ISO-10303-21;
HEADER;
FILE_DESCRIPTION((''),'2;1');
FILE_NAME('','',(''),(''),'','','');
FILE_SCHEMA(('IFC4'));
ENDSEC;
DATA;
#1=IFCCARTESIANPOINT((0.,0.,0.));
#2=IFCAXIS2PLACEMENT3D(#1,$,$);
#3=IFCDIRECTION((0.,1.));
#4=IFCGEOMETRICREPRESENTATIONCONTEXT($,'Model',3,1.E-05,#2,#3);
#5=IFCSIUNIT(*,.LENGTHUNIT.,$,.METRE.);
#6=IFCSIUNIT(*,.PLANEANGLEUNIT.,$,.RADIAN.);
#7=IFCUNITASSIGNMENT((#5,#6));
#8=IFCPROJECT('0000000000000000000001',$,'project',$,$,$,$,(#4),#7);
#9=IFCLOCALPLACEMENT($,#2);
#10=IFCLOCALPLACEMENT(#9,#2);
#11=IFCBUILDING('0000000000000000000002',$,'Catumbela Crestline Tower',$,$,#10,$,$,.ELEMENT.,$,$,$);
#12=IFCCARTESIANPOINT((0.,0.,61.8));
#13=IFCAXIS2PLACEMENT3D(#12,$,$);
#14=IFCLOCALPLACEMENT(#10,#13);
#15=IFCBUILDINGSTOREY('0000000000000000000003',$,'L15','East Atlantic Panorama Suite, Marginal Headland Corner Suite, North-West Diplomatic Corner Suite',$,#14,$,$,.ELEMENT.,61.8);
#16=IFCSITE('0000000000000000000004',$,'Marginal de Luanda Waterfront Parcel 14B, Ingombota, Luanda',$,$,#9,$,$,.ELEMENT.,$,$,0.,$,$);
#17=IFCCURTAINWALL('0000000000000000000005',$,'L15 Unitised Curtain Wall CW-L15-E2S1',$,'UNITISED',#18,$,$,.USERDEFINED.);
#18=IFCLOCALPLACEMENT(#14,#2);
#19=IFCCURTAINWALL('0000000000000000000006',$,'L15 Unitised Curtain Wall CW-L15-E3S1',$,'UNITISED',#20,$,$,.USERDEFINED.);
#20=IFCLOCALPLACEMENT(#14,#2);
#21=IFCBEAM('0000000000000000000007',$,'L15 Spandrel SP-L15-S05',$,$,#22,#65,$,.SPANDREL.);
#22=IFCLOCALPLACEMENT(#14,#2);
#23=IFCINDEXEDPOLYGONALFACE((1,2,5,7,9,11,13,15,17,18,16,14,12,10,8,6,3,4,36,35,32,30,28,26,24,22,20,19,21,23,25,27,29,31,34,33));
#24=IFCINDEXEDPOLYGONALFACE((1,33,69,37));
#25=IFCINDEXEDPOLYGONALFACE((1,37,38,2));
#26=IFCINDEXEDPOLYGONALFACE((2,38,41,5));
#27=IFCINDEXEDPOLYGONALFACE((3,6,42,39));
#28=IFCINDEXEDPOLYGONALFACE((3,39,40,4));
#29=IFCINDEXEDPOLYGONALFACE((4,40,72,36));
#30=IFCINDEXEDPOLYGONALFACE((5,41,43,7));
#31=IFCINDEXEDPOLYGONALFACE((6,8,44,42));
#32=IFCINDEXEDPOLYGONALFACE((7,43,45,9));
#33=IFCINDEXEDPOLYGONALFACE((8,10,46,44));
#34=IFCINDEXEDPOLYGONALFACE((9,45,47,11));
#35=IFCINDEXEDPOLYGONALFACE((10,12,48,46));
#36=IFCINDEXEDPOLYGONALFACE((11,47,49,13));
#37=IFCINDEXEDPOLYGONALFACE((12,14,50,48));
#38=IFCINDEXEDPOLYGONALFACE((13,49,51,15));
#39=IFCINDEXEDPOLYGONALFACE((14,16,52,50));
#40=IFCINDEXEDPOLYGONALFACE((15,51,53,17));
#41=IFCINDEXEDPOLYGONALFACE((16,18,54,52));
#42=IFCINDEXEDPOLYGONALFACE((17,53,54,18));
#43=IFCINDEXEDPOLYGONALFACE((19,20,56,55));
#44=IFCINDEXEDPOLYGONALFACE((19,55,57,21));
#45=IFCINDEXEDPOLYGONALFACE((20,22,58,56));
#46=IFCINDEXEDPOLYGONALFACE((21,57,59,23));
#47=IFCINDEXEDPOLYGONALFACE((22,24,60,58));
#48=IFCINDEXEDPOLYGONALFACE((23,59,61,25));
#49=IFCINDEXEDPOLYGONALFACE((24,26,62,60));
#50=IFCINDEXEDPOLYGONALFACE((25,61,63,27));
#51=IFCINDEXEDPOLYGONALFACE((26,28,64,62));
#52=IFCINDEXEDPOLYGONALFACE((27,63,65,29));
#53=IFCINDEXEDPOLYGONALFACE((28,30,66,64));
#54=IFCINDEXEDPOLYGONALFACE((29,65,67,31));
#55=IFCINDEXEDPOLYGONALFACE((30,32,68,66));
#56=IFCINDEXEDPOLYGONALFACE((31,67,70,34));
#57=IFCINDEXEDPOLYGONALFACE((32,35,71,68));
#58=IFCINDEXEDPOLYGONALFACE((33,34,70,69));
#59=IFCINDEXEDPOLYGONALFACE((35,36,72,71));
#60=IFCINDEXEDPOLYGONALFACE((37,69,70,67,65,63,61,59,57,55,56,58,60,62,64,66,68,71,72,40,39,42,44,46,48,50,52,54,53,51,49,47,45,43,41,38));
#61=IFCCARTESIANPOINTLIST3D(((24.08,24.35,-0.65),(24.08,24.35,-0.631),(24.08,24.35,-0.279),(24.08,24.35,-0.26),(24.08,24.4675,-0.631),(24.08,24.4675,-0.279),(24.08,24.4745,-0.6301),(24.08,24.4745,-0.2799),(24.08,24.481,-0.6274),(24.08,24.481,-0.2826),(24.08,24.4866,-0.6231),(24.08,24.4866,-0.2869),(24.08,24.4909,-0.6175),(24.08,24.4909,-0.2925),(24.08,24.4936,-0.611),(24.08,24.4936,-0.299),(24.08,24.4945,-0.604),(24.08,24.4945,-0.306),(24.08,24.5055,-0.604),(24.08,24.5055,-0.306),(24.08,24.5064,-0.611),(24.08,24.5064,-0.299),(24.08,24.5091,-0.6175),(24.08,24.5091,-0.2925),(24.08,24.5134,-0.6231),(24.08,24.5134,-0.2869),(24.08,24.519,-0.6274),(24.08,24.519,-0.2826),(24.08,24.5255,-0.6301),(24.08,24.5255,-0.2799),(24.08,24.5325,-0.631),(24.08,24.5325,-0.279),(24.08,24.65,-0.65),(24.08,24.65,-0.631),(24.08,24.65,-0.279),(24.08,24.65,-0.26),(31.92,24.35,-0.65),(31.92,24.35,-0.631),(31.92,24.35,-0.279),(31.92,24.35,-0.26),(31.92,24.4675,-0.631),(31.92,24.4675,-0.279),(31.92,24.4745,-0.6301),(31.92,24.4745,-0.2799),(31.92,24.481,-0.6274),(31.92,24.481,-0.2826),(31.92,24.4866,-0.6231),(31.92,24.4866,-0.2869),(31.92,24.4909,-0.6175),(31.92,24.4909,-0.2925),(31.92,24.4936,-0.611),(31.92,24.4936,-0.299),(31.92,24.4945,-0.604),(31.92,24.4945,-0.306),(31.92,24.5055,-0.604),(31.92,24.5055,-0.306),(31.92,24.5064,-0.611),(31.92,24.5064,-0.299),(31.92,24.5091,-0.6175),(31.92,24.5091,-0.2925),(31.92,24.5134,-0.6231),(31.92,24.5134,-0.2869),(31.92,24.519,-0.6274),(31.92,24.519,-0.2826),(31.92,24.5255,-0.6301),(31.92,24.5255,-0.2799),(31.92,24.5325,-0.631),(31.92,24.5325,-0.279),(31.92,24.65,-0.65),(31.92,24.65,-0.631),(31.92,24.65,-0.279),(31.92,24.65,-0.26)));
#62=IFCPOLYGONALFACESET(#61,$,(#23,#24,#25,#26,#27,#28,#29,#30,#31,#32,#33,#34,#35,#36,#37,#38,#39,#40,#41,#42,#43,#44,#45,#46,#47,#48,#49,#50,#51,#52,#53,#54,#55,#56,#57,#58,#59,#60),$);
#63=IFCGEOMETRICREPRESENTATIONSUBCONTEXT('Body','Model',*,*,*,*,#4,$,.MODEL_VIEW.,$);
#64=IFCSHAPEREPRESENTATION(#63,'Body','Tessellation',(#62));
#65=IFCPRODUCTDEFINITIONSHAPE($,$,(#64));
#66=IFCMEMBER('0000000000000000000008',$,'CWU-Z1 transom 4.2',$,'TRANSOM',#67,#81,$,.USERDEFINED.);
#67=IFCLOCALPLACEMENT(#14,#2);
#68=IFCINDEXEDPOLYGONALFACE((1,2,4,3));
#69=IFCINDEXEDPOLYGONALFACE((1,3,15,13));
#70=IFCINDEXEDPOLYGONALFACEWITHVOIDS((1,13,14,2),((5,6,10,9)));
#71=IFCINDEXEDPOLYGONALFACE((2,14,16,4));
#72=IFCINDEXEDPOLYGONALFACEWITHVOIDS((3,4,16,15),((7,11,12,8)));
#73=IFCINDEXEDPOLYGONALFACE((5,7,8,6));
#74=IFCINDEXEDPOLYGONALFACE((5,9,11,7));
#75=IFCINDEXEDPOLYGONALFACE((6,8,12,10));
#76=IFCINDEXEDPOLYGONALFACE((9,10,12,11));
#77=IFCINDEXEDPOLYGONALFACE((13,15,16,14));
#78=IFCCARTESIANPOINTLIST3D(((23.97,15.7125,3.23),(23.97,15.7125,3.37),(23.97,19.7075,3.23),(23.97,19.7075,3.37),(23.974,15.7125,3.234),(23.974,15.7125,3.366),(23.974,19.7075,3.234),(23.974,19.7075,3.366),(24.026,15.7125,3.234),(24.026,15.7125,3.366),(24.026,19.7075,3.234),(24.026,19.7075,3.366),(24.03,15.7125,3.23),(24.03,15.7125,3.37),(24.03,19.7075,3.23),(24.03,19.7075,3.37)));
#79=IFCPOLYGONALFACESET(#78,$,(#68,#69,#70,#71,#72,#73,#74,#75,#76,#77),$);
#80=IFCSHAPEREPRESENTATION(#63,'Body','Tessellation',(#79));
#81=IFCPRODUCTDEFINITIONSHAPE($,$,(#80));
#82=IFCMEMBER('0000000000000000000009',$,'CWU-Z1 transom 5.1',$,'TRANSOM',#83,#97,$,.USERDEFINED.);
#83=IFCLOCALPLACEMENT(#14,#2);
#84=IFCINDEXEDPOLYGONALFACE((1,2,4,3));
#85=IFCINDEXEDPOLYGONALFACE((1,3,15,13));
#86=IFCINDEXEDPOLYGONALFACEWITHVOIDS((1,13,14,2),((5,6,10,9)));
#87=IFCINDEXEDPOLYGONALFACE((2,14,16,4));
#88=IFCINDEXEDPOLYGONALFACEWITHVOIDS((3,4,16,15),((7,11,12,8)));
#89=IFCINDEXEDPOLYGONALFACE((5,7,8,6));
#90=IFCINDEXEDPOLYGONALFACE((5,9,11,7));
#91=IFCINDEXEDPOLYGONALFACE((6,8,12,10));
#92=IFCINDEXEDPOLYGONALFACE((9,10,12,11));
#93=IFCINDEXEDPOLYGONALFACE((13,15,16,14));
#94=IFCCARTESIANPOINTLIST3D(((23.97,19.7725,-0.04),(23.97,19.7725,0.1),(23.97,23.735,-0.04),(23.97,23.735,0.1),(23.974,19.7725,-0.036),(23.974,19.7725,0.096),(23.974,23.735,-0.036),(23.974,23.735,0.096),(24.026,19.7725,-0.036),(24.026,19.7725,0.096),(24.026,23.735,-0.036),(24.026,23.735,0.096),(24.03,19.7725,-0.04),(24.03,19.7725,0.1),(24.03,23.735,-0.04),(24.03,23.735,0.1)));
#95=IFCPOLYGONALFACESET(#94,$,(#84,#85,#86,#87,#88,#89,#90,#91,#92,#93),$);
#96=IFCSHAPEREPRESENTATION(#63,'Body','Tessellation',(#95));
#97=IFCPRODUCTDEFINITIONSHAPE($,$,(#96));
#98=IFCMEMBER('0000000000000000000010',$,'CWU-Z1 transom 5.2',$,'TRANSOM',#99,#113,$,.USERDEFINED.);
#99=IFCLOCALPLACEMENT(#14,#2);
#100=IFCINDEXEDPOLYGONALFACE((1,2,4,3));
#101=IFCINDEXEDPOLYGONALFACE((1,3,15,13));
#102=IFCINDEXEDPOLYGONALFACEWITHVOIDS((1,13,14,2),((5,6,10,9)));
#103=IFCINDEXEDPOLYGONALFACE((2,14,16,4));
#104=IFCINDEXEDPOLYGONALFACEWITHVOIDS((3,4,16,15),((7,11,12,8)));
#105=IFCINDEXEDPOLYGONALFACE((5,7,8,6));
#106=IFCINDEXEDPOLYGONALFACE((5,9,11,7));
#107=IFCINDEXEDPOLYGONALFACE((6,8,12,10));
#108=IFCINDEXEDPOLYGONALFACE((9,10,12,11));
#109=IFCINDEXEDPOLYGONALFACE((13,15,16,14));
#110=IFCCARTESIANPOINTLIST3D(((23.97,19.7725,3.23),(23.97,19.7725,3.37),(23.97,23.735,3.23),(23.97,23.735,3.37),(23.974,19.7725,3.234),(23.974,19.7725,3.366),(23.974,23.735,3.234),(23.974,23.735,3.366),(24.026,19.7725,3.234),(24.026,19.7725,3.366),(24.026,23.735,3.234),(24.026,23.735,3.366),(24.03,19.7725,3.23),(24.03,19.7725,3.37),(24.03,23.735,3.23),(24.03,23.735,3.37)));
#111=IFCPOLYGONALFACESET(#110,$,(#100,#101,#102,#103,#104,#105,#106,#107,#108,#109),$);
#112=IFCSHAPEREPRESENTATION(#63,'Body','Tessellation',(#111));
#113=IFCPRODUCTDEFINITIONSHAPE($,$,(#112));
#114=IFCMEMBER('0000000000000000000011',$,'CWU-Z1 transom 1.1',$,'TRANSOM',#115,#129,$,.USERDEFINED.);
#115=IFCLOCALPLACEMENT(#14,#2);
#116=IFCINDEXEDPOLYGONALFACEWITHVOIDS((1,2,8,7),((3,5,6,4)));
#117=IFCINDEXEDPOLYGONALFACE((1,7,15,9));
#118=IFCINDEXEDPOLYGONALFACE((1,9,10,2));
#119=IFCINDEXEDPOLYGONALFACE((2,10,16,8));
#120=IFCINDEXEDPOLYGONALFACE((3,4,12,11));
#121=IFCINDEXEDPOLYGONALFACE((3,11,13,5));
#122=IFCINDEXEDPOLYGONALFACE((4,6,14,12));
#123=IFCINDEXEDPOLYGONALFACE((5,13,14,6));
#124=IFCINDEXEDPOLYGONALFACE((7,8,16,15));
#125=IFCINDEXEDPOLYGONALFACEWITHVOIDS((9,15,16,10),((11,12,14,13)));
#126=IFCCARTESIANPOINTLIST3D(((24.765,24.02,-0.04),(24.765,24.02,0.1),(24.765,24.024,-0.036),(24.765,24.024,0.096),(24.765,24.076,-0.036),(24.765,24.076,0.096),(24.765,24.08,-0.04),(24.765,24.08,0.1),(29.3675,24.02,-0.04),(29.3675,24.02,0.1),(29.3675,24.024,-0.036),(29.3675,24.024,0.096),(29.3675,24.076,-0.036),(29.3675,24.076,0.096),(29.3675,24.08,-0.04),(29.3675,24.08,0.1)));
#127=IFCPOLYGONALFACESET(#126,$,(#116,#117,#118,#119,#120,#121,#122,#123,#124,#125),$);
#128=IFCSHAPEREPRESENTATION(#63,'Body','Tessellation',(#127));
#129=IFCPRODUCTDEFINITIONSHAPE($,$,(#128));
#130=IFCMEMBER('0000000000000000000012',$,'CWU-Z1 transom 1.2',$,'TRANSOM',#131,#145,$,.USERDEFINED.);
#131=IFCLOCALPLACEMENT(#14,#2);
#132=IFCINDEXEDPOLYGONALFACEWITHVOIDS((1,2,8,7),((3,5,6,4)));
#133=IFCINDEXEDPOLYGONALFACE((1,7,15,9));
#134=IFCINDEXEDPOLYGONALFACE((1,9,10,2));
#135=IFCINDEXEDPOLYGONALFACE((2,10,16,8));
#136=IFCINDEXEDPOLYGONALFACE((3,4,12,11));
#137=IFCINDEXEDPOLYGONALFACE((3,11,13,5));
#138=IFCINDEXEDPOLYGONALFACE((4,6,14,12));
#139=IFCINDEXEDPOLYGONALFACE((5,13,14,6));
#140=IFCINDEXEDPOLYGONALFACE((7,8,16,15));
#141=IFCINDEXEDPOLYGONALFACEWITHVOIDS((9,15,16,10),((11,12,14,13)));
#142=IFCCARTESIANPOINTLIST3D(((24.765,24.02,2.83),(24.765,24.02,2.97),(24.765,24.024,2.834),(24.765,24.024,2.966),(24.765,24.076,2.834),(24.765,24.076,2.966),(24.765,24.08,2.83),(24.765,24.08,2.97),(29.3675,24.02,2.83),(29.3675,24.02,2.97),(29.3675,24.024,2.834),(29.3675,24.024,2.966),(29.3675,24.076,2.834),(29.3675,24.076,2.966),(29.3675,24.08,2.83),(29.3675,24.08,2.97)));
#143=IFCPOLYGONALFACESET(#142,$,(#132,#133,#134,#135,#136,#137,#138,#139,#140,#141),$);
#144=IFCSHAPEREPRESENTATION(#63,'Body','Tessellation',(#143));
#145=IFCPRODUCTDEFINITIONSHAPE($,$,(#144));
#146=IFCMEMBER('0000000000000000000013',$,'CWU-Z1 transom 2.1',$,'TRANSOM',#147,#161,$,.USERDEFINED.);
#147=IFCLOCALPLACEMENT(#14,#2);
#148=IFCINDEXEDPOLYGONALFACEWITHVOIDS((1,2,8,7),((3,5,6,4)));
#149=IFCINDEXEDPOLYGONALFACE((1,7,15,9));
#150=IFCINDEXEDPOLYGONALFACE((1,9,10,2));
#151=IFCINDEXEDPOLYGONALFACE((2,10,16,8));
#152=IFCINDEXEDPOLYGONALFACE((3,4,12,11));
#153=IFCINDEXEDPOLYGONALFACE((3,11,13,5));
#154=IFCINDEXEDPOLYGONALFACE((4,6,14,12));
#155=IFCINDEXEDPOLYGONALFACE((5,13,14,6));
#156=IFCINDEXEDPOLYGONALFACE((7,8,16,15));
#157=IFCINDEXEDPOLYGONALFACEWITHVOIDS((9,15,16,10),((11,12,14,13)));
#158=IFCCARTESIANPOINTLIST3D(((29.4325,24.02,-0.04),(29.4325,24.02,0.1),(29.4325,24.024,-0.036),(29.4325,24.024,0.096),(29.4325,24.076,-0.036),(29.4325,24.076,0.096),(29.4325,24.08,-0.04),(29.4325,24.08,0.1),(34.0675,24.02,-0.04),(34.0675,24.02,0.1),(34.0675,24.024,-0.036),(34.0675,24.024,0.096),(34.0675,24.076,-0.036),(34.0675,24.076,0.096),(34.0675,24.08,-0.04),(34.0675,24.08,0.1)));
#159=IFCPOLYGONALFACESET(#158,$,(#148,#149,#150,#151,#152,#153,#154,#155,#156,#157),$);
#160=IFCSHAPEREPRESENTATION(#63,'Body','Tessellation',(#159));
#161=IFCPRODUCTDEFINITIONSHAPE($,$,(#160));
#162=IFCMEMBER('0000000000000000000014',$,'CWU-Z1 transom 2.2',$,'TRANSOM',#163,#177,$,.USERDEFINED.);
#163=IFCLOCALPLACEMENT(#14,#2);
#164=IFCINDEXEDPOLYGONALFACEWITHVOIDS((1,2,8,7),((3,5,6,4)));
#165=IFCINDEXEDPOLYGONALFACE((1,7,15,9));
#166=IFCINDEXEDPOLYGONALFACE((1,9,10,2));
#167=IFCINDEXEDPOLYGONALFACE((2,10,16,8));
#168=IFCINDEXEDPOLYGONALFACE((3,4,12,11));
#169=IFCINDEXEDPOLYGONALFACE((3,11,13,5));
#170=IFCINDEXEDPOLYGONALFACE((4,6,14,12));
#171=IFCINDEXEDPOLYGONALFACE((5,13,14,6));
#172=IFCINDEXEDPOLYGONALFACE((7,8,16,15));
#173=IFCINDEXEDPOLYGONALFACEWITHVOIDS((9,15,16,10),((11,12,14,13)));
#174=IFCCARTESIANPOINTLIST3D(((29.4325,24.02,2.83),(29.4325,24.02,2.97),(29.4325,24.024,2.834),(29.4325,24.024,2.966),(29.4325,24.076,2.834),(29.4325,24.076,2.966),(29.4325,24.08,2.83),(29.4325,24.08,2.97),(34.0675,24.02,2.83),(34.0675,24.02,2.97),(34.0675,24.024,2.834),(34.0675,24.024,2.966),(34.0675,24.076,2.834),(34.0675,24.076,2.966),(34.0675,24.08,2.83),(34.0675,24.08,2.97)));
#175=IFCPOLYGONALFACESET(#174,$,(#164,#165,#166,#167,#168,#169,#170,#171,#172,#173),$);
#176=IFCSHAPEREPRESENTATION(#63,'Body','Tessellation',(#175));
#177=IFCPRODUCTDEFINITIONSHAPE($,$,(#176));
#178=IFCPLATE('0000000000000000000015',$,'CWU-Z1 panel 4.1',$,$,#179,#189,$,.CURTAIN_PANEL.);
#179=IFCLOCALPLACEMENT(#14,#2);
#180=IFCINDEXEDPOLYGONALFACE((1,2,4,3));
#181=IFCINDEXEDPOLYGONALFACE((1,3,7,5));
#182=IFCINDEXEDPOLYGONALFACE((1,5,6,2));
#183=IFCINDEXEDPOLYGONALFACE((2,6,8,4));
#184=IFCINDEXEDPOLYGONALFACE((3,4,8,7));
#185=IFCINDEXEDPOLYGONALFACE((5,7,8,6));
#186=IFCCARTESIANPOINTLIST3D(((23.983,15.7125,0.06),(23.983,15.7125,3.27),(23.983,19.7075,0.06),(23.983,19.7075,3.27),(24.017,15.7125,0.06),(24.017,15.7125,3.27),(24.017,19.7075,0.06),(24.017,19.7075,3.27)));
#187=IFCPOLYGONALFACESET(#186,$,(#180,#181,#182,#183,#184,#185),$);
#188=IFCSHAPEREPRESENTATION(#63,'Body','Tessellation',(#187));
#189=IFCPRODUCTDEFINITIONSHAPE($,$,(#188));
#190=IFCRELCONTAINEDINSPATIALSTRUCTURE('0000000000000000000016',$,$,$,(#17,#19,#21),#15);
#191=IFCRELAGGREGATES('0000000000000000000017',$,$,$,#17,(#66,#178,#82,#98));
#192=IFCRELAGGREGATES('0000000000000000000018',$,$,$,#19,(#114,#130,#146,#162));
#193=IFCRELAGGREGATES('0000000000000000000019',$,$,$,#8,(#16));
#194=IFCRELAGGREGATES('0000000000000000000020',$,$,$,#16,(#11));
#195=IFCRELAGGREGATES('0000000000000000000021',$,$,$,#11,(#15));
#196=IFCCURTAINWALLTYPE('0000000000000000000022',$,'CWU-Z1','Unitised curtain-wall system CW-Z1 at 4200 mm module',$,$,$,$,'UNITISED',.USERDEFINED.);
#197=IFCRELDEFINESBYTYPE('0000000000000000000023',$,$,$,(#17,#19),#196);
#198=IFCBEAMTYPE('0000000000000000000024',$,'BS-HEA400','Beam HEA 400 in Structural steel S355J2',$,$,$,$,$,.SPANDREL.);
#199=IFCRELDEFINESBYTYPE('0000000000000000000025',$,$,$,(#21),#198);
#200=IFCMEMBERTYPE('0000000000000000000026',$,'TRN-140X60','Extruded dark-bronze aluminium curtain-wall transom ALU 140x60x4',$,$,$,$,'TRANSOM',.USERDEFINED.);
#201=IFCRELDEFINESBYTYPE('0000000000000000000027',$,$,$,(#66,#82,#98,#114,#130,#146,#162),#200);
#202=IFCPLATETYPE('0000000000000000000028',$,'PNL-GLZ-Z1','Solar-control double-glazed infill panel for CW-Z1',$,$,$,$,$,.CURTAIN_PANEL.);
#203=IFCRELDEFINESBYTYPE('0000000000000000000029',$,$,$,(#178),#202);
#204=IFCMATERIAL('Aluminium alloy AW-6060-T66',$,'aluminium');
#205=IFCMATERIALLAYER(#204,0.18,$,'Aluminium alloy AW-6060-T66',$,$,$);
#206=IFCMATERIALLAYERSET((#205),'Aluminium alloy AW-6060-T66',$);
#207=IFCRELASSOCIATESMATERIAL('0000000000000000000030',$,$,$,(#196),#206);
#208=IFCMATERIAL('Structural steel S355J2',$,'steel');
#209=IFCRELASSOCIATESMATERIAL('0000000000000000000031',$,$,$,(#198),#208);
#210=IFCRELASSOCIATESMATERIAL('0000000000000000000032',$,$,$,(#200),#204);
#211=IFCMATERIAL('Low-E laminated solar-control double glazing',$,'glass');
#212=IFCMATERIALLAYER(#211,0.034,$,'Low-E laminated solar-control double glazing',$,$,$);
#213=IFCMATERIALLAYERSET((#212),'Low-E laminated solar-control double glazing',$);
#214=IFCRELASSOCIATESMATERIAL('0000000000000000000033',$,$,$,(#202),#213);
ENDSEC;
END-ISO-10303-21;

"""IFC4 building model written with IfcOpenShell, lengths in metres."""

from ifc_helpers import new_model, si_unit, direction, frame, origin, origin_2d, place, context, subcontext, project, spatial, rectangle, hollow_rectangle, i_section, extrude, material, layer, layer_set, material_profile, profile_set, type_object, element, aggregate, save


model = new_model("IFC4")

# Units and contexts
model_context = context("Model", 3, precision=1e-05, world=origin(), true_north=direction((0.0, 1.0)))
body_context = subcontext(model_context, "Body", "Model", "MODEL_VIEW")
ifc_project = project(units=[si_unit("LENGTHUNIT", "METRE"), si_unit("PLANEANGLEUNIT", "RADIAN")], contexts=[model_context])

# Site, building, storey
site_placement = place(None, origin())
site = spatial("IfcSite", under=ifc_project, at=site_placement, Name="Marginal de Luanda Waterfront Parcel 14B, Ingombota, Luanda", CompositionType="ELEMENT", RefElevation=0.0)
building_placement = place(site_placement, origin())
building = spatial("IfcBuilding", under=site, at=building_placement, Name="Catumbela Crestline Tower", CompositionType="ELEMENT")
storey_placement = place(building_placement, frame((0.0, 0.0, 61.8)))
storey = spatial("IfcBuildingStorey", under=building, at=storey_placement, Name="L15", Description="East Atlantic Panorama Suite, Marginal Headland Corner Suite, North-West Diplomatic Corner Suite", CompositionType="ELEMENT", Elevation=61.8)

# Shared definitions
ifc_material_1 = material(Name="Structural steel S355J2", Category="steel")

# Curtain walls
ifc_material_2 = material(Name="Aluminium alloy AW-6060-T66", Category="aluminium")
ifc_layer_1 = layer(ifc_material_2, 0.18, Name="Aluminium alloy AW-6060-T66")
ifc_layer_set_1 = layer_set([ifc_layer_1], Name="Aluminium alloy AW-6060-T66")
curtain_wall_type = type_object("IfcCurtainWallType", Name="CWU-Z1", Description="Unitised curtain-wall system CW-Z1 at 4200 mm module", ElementType="UNITISED", PredefinedType="USERDEFINED", material=ifc_layer_set_1)
curtain_wall_1_placement = place(storey_placement, origin())
curtain_wall_1 = element("IfcCurtainWall", 1, at=curtain_wall_1_placement, inside=storey, type_object=curtain_wall_type, Name="L15 Unitised Curtain Wall CW-L15-E2S1", ObjectType="UNITISED", PredefinedType="USERDEFINED")
curtain_wall_2_placement = place(storey_placement, origin())
curtain_wall_2 = element("IfcCurtainWall", 2, at=curtain_wall_2_placement, inside=storey, type_object=curtain_wall_type, Name="L15 Unitised Curtain Wall CW-L15-E3S1", ObjectType="UNITISED", PredefinedType="USERDEFINED")

# Beam
ifc_material_profile_1 = material_profile(ifc_material_1, i_section(OverallWidth=0.3, OverallDepth=0.39, WebThickness=0.011, FlangeThickness=0.019, FilletRadius=0.027, at=origin_2d()), Name="HEA 400")
ifc_profile_set_1 = profile_set([ifc_material_profile_1], Name="Structural steel S355J2")
beam_type_1 = type_object("IfcBeamType", Name="BS-HEA400", Description="Beam HEA 400 in Structural steel S355J2", PredefinedType="SPANDREL", material=ifc_profile_set_1)
beam_1_placement = place(storey_placement, frame((24.08, 24.5, -0.455), z_axis=(1.0, 0.0, 0.0), x_axis=(0.0, 1.0, 0.0)))
element("IfcBeam", 3, at=beam_1_placement, inside=storey, type_object=beam_type_1, Name="L15 Spandrel SP-L15-S05", PredefinedType="SPANDREL", context=body_context, shape_type="SweptSolid", body=[
    extrude(i_section(OverallWidth=0.3, OverallDepth=0.39, WebThickness=0.011, FlangeThickness=0.019, FilletRadius=0.027, at=origin_2d()), origin(), (0.0, 0.0, 1.0), 7.84),
])

# Members
ifc_material_profile_2 = material_profile(ifc_material_2, hollow_rectangle(XDim=0.06, YDim=0.14, WallThickness=0.004, at=origin_2d()), Name="ALU 140x60x4")
ifc_profile_set_2 = profile_set([ifc_material_profile_2], Name="Aluminium alloy AW-6060-T66")
member_type_1 = type_object("IfcMemberType", Name="TRN-140X60", Description="Extruded dark-bronze aluminium curtain-wall transom ALU 140x60x4", ElementType="TRANSOM", PredefinedType="USERDEFINED", material=ifc_profile_set_2)
member_1_placement = place(storey_placement, frame((24.0, 15.7125, 3.3), z_axis=(0.0, 1.0, 0.0), x_axis=(-1.0, 0.0, 0.0)))
member_1 = element("IfcMember", 4, at=member_1_placement, type_object=member_type_1, Name="CWU-Z1 transom 4.2", ObjectType="TRANSOM", PredefinedType="USERDEFINED", context=body_context, shape_type="SweptSolid", body=[
    extrude(hollow_rectangle(XDim=0.06, YDim=0.14, WallThickness=0.004, at=origin_2d()), origin(), (0.0, 0.0, 1.0), 3.995),
])
member_2_placement = place(storey_placement, frame((24.0, 19.7725, 0.03), z_axis=(0.0, 1.0, 0.0), x_axis=(-1.0, 0.0, 0.0)))
member_2 = element("IfcMember", 5, at=member_2_placement, type_object=member_type_1, Name="CWU-Z1 transom 5.1", ObjectType="TRANSOM", PredefinedType="USERDEFINED", context=body_context, shape_type="SweptSolid", body=[
    extrude(hollow_rectangle(XDim=0.06, YDim=0.14, WallThickness=0.004, at=origin_2d()), origin(), (0.0, 0.0, 1.0), 3.9625),
])
member_3_placement = place(storey_placement, frame((24.0, 19.7725, 3.3), z_axis=(0.0, 1.0, 0.0), x_axis=(-1.0, 0.0, 0.0)))
member_3 = element("IfcMember", 6, at=member_3_placement, type_object=member_type_1, Name="CWU-Z1 transom 5.2", ObjectType="TRANSOM", PredefinedType="USERDEFINED", context=body_context, shape_type="SweptSolid", body=[
    extrude(hollow_rectangle(XDim=0.06, YDim=0.14, WallThickness=0.004, at=origin_2d()), origin(), (0.0, 0.0, 1.0), 3.9625),
])
member_4_placement = place(storey_placement, frame((24.765, 24.05, 0.03), z_axis=(1.0, 0.0, 0.0), x_axis=(0.0, 1.0, 0.0)))
member_4 = element("IfcMember", 7, at=member_4_placement, type_object=member_type_1, Name="CWU-Z1 transom 1.1", ObjectType="TRANSOM", PredefinedType="USERDEFINED", context=body_context, shape_type="SweptSolid", body=[
    extrude(hollow_rectangle(XDim=0.06, YDim=0.14, WallThickness=0.004, at=origin_2d()), origin(), (0.0, 0.0, 1.0), 4.6025),
])
member_5_placement = place(storey_placement, frame((24.765, 24.05, 2.9), z_axis=(1.0, 0.0, 0.0), x_axis=(0.0, 1.0, 0.0)))
member_5 = element("IfcMember", 8, at=member_5_placement, type_object=member_type_1, Name="CWU-Z1 transom 1.2", ObjectType="TRANSOM", PredefinedType="USERDEFINED", context=body_context, shape_type="SweptSolid", body=[
    extrude(hollow_rectangle(XDim=0.06, YDim=0.14, WallThickness=0.004, at=origin_2d()), origin(), (0.0, 0.0, 1.0), 4.6025),
])
member_6_placement = place(storey_placement, frame((29.4325, 24.05, 0.03), z_axis=(1.0, 0.0, 0.0), x_axis=(0.0, 1.0, 0.0)))
member_6 = element("IfcMember", 9, at=member_6_placement, type_object=member_type_1, Name="CWU-Z1 transom 2.1", ObjectType="TRANSOM", PredefinedType="USERDEFINED", context=body_context, shape_type="SweptSolid", body=[
    extrude(hollow_rectangle(XDim=0.06, YDim=0.14, WallThickness=0.004, at=origin_2d()), origin(), (0.0, 0.0, 1.0), 4.635),
])
member_7_placement = place(storey_placement, frame((29.4325, 24.05, 2.9), z_axis=(1.0, 0.0, 0.0), x_axis=(0.0, 1.0, 0.0)))
member_7 = element("IfcMember", 10, at=member_7_placement, type_object=member_type_1, Name="CWU-Z1 transom 2.2", ObjectType="TRANSOM", PredefinedType="USERDEFINED", context=body_context, shape_type="SweptSolid", body=[
    extrude(hollow_rectangle(XDim=0.06, YDim=0.14, WallThickness=0.004, at=origin_2d()), origin(), (0.0, 0.0, 1.0), 4.635),
])

# Plate
ifc_material_3 = material(Name="Low-E laminated solar-control double glazing", Category="glass")
ifc_layer_2 = layer(ifc_material_3, 0.034, Name="Low-E laminated solar-control double glazing")
ifc_layer_set_2 = layer_set([ifc_layer_2], Name="Low-E laminated solar-control double glazing")
plate_type = type_object("IfcPlateType", Name="PNL-GLZ-Z1", Description="Solar-control double-glazed infill panel for CW-Z1", PredefinedType="CURTAIN_PANEL", material=ifc_layer_set_2)
plate_1_placement = place(storey_placement, frame((24.0, 17.71, 0.06), z_axis=(0.0, 0.0, 1.0), x_axis=(0.0, 1.0, 0.0)))
plate_1 = element("IfcPlate", 11, at=plate_1_placement, type_object=plate_type, Name="CWU-Z1 panel 4.1", PredefinedType="CURTAIN_PANEL", context=body_context, shape_type="SweptSolid", body=[
    extrude(rectangle(XDim=3.995, YDim=0.034, at=origin_2d()), origin(), (0.0, 0.0, 1.0), 3.21),
])
aggregate(curtain_wall_1, [member_1, plate_1, member_2, member_3])
aggregate(curtain_wall_2, [member_4, member_5, member_6, member_7])

save(model, "model.ifc")
